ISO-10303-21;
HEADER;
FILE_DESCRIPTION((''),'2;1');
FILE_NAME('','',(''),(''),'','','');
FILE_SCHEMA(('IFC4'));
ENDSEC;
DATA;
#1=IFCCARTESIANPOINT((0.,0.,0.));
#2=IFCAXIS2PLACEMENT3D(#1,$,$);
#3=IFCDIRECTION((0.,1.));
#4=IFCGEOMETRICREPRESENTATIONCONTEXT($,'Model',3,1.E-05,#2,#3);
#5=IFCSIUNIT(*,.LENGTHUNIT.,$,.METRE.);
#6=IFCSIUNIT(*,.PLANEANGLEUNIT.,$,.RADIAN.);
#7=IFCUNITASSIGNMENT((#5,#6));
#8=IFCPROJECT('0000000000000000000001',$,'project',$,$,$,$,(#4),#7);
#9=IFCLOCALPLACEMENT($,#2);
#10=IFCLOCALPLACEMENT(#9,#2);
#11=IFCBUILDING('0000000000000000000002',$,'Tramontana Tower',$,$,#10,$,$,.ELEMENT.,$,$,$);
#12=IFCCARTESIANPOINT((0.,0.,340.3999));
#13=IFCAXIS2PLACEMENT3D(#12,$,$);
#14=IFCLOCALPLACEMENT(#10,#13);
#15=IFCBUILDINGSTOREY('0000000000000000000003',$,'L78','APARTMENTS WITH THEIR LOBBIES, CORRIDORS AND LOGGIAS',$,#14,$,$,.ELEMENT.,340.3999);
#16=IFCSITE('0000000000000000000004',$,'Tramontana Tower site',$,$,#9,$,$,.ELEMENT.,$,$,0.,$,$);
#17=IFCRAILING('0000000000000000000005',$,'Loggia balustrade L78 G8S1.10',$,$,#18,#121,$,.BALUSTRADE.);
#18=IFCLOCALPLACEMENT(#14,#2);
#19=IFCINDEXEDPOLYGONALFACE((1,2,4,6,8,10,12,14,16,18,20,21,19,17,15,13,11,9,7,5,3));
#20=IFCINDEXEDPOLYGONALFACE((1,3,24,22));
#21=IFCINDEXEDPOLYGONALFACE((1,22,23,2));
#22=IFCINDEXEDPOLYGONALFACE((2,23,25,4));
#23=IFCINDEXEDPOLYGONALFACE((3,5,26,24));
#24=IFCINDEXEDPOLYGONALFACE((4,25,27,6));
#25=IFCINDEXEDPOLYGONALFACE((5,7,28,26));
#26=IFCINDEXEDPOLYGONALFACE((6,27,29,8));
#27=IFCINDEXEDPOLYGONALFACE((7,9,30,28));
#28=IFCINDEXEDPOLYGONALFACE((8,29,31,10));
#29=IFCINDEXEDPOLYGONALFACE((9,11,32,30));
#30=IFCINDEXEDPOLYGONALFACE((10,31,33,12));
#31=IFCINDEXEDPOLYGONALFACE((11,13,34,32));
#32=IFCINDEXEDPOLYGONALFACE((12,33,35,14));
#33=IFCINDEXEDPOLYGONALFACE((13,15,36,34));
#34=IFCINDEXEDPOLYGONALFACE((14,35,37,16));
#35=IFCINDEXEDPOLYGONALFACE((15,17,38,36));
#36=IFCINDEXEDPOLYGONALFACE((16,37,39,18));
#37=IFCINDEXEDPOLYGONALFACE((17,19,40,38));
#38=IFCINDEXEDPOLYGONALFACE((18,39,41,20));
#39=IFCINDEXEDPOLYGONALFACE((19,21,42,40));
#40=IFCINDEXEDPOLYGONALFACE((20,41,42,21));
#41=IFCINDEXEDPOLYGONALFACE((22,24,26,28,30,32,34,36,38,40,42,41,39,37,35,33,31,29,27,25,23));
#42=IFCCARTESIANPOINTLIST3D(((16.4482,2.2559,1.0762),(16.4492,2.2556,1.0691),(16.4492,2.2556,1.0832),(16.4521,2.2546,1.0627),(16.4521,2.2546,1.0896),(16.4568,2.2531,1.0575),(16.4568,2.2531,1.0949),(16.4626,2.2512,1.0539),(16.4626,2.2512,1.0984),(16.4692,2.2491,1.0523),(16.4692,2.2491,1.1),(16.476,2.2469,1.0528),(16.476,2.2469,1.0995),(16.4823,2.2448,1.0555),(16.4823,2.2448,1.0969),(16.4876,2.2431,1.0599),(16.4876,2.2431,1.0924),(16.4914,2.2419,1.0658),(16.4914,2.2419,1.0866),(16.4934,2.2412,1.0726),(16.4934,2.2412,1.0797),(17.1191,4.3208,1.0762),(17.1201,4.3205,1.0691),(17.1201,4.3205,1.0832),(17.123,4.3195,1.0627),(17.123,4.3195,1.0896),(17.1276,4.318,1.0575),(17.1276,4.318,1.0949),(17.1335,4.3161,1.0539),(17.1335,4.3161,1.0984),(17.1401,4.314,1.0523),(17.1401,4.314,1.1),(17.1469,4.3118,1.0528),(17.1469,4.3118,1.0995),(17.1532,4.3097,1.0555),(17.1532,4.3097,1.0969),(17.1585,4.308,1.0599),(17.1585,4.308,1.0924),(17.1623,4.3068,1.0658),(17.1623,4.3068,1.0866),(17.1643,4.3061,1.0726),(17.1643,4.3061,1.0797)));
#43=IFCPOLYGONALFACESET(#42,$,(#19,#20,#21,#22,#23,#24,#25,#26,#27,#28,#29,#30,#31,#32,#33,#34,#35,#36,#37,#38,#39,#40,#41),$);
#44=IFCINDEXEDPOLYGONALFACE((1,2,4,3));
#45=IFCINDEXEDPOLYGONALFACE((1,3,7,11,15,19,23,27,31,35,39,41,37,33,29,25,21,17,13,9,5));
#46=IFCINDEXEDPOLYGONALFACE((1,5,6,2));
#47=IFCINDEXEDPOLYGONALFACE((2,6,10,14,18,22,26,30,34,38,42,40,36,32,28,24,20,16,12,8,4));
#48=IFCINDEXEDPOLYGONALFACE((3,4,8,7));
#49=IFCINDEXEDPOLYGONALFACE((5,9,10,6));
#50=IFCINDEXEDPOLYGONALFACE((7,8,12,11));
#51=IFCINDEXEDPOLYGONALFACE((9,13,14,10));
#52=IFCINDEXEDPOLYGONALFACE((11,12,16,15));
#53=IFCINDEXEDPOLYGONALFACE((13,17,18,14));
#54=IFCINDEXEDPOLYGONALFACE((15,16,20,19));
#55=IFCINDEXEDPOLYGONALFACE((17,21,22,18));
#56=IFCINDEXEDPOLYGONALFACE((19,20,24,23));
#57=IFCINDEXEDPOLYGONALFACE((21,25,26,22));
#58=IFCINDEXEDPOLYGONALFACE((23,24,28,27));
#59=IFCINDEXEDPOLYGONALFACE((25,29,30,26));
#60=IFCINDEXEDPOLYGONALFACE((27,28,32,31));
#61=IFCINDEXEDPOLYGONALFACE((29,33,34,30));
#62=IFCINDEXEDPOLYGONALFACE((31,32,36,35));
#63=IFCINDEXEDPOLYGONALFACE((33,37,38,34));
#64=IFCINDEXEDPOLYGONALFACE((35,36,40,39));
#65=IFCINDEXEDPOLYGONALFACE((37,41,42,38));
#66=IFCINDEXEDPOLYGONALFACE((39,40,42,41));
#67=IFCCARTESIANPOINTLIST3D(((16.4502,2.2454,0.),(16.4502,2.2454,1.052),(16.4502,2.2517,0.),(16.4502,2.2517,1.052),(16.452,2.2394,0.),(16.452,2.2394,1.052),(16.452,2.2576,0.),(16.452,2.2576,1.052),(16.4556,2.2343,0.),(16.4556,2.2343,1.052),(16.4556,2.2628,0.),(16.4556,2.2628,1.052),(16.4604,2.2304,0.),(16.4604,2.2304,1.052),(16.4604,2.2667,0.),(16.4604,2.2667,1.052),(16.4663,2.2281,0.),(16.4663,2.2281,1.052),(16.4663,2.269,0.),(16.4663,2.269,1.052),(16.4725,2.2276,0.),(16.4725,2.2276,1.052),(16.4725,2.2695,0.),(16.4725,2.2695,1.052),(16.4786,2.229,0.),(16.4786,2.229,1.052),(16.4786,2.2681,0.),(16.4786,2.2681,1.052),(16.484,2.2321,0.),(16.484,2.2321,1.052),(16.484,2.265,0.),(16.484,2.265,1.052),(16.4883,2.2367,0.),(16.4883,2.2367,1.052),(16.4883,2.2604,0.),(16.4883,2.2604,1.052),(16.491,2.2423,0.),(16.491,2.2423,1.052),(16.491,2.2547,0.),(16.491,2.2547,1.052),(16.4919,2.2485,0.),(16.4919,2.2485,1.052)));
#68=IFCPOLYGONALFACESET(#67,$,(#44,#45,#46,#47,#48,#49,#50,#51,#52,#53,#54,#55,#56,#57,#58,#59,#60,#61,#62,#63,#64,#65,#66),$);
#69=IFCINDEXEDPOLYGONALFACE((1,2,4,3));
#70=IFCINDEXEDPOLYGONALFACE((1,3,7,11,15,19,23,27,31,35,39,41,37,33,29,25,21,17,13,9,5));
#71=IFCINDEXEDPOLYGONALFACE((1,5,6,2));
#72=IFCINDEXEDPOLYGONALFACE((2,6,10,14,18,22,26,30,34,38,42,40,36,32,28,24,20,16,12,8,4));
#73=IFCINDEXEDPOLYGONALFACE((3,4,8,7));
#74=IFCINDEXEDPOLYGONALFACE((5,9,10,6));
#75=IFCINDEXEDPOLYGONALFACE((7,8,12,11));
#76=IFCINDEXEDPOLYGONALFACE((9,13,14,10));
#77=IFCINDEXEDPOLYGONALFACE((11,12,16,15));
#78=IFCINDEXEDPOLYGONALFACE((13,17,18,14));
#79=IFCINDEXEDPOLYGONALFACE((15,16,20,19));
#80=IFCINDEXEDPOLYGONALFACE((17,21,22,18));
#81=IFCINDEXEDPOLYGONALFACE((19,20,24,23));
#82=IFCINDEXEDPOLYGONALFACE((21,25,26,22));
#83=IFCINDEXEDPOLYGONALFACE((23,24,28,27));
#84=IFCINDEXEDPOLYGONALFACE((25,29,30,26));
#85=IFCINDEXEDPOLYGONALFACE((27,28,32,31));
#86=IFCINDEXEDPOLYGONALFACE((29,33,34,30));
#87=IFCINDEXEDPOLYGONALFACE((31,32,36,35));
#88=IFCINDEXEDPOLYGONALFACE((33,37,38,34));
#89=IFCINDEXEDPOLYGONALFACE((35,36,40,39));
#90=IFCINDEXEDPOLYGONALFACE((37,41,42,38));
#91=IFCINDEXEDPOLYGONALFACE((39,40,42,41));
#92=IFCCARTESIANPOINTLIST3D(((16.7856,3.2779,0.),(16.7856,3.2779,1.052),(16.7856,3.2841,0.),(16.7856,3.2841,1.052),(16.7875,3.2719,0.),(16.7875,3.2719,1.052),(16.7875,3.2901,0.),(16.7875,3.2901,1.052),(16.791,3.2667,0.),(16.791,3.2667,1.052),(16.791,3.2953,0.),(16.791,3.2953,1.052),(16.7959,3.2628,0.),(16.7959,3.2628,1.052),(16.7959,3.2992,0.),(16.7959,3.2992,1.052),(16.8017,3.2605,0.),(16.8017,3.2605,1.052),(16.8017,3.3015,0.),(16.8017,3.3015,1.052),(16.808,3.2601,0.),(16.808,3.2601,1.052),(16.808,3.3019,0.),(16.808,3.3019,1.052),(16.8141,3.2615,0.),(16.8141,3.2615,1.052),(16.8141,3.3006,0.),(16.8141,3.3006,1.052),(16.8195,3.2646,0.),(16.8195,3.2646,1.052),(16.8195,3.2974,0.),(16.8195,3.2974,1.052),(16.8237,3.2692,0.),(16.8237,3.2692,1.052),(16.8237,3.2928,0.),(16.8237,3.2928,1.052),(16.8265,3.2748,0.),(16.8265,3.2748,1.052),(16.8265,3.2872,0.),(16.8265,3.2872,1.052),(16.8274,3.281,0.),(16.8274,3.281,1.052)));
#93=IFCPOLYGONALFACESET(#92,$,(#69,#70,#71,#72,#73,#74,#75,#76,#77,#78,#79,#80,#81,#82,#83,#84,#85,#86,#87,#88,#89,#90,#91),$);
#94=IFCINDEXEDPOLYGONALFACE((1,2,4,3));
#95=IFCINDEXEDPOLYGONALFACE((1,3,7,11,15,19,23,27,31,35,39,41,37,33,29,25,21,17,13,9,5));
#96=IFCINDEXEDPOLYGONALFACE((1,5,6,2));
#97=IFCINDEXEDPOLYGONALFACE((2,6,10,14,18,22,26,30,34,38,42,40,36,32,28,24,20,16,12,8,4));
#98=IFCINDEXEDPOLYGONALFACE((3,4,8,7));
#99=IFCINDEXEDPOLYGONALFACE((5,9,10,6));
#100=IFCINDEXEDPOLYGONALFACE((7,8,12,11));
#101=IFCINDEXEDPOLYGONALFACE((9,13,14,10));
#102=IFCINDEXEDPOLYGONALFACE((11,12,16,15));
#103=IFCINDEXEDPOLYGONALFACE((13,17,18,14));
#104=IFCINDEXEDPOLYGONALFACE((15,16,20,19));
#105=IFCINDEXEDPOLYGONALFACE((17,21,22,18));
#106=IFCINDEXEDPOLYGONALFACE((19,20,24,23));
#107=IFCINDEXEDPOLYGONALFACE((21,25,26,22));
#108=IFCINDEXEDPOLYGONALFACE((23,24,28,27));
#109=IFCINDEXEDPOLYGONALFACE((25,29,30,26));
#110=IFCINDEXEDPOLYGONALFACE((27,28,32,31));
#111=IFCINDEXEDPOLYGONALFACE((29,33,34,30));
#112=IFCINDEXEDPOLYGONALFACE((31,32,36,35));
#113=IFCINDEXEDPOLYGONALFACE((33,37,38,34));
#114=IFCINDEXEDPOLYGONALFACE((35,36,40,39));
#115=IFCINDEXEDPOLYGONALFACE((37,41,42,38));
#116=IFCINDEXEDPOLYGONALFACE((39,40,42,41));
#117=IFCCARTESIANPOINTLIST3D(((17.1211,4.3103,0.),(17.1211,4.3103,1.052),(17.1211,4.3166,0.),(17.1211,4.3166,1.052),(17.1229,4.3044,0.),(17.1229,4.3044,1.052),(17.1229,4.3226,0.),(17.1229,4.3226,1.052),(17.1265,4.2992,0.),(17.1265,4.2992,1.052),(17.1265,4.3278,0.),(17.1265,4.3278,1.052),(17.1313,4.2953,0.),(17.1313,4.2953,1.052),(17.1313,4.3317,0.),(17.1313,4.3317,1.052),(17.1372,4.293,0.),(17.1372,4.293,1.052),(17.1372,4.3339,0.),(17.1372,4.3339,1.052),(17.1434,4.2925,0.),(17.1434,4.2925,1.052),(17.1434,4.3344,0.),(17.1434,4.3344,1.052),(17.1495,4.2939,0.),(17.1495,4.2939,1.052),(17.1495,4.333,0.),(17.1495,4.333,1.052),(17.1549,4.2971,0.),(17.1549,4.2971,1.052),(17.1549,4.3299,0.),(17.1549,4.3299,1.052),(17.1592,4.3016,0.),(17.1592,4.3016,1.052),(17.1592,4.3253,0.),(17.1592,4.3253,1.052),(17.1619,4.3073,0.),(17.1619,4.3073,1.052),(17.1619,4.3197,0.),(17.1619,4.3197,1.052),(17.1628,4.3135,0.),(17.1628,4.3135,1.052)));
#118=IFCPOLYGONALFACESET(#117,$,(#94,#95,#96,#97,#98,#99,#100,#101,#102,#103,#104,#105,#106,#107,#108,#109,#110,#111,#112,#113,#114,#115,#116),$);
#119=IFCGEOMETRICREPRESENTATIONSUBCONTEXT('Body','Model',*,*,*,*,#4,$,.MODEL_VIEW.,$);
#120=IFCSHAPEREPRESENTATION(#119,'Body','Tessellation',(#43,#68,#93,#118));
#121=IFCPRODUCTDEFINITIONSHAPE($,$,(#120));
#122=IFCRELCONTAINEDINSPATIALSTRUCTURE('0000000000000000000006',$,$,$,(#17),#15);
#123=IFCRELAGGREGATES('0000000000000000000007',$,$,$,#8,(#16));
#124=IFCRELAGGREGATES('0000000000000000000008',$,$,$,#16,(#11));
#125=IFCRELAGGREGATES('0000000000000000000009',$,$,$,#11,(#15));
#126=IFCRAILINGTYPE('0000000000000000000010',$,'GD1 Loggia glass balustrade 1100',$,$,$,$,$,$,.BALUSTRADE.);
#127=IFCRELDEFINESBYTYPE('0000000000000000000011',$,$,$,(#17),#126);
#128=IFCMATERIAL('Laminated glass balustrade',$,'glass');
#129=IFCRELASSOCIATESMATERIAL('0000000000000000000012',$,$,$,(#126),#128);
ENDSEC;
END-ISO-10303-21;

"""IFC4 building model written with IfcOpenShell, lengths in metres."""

from ifc_helpers import new_model, si_unit, direction, frame, origin, origin_2d, place, context, subcontext, project, spatial, circle, extrude, material, type_object, element, save


model = new_model("IFC4")

# Units and contexts
model_context = context("Model", 3, precision=1e-05, world=origin(), true_north=direction((0.0, 1.0)))
body_context = subcontext(model_context, "Body", "Model", "MODEL_VIEW")
ifc_project = project(units=[si_unit("LENGTHUNIT", "METRE"), si_unit("PLANEANGLEUNIT", "RADIAN")], contexts=[model_context])

# Site, building, storey
site_placement = place(None, origin())
site = spatial("IfcSite", under=ifc_project, at=site_placement, Name="Tramontana Tower site", CompositionType="ELEMENT", RefElevation=0.0)
building_placement = place(site_placement, origin())
building = spatial("IfcBuilding", under=site, at=building_placement, Name="Tramontana Tower", CompositionType="ELEMENT")
storey_placement = place(building_placement, frame((0.0, 0.0, 340.3999)))
storey = spatial("IfcBuildingStorey", under=building, at=storey_placement, Name="L78", Description="APARTMENTS WITH THEIR LOBBIES, CORRIDORS AND LOGGIAS", CompositionType="ELEMENT", Elevation=340.3999)

# Railing
ifc_material_1 = material(Name="Laminated glass balustrade", Category="glass")
railing_type = type_object("IfcRailingType", Name="GD1 Loggia glass balustrade 1100", PredefinedType="BALUSTRADE", material=ifc_material_1)
railing_1_placement = place(storey_placement, frame((16.4709, 2.2485, 0.0)))
element("IfcRailing", 1, at=railing_1_placement, inside=storey, type_object=railing_type, Name="Loggia balustrade L78 G8S1.10", PredefinedType="BALUSTRADE", context=body_context, shape_type="SweptSolid", body=[
    extrude(circle(Radius=0.0239, at=origin_2d()), frame((0.0, 0.0, 1.0762), z_axis=(0.309, 0.951062, 0.0), x_axis=(-0.951062, 0.309, 0.0)), (0.0, 0.0, 1.0), 2.1711),
    extrude(circle(Radius=0.021, at=origin_2d()), origin(), (0.0, 0.0, 1.0), 1.052),
    extrude(circle(Radius=0.021, at=origin_2d()), frame((0.3354, 1.0325, 0.0)), (0.0, 0.0, 1.0), 1.052),
    extrude(circle(Radius=0.021, at=origin_2d()), frame((0.6709, 2.0649, 0.0)), (0.0, 0.0, 1.0), 1.052),
])

save(model, "model.ifc")
